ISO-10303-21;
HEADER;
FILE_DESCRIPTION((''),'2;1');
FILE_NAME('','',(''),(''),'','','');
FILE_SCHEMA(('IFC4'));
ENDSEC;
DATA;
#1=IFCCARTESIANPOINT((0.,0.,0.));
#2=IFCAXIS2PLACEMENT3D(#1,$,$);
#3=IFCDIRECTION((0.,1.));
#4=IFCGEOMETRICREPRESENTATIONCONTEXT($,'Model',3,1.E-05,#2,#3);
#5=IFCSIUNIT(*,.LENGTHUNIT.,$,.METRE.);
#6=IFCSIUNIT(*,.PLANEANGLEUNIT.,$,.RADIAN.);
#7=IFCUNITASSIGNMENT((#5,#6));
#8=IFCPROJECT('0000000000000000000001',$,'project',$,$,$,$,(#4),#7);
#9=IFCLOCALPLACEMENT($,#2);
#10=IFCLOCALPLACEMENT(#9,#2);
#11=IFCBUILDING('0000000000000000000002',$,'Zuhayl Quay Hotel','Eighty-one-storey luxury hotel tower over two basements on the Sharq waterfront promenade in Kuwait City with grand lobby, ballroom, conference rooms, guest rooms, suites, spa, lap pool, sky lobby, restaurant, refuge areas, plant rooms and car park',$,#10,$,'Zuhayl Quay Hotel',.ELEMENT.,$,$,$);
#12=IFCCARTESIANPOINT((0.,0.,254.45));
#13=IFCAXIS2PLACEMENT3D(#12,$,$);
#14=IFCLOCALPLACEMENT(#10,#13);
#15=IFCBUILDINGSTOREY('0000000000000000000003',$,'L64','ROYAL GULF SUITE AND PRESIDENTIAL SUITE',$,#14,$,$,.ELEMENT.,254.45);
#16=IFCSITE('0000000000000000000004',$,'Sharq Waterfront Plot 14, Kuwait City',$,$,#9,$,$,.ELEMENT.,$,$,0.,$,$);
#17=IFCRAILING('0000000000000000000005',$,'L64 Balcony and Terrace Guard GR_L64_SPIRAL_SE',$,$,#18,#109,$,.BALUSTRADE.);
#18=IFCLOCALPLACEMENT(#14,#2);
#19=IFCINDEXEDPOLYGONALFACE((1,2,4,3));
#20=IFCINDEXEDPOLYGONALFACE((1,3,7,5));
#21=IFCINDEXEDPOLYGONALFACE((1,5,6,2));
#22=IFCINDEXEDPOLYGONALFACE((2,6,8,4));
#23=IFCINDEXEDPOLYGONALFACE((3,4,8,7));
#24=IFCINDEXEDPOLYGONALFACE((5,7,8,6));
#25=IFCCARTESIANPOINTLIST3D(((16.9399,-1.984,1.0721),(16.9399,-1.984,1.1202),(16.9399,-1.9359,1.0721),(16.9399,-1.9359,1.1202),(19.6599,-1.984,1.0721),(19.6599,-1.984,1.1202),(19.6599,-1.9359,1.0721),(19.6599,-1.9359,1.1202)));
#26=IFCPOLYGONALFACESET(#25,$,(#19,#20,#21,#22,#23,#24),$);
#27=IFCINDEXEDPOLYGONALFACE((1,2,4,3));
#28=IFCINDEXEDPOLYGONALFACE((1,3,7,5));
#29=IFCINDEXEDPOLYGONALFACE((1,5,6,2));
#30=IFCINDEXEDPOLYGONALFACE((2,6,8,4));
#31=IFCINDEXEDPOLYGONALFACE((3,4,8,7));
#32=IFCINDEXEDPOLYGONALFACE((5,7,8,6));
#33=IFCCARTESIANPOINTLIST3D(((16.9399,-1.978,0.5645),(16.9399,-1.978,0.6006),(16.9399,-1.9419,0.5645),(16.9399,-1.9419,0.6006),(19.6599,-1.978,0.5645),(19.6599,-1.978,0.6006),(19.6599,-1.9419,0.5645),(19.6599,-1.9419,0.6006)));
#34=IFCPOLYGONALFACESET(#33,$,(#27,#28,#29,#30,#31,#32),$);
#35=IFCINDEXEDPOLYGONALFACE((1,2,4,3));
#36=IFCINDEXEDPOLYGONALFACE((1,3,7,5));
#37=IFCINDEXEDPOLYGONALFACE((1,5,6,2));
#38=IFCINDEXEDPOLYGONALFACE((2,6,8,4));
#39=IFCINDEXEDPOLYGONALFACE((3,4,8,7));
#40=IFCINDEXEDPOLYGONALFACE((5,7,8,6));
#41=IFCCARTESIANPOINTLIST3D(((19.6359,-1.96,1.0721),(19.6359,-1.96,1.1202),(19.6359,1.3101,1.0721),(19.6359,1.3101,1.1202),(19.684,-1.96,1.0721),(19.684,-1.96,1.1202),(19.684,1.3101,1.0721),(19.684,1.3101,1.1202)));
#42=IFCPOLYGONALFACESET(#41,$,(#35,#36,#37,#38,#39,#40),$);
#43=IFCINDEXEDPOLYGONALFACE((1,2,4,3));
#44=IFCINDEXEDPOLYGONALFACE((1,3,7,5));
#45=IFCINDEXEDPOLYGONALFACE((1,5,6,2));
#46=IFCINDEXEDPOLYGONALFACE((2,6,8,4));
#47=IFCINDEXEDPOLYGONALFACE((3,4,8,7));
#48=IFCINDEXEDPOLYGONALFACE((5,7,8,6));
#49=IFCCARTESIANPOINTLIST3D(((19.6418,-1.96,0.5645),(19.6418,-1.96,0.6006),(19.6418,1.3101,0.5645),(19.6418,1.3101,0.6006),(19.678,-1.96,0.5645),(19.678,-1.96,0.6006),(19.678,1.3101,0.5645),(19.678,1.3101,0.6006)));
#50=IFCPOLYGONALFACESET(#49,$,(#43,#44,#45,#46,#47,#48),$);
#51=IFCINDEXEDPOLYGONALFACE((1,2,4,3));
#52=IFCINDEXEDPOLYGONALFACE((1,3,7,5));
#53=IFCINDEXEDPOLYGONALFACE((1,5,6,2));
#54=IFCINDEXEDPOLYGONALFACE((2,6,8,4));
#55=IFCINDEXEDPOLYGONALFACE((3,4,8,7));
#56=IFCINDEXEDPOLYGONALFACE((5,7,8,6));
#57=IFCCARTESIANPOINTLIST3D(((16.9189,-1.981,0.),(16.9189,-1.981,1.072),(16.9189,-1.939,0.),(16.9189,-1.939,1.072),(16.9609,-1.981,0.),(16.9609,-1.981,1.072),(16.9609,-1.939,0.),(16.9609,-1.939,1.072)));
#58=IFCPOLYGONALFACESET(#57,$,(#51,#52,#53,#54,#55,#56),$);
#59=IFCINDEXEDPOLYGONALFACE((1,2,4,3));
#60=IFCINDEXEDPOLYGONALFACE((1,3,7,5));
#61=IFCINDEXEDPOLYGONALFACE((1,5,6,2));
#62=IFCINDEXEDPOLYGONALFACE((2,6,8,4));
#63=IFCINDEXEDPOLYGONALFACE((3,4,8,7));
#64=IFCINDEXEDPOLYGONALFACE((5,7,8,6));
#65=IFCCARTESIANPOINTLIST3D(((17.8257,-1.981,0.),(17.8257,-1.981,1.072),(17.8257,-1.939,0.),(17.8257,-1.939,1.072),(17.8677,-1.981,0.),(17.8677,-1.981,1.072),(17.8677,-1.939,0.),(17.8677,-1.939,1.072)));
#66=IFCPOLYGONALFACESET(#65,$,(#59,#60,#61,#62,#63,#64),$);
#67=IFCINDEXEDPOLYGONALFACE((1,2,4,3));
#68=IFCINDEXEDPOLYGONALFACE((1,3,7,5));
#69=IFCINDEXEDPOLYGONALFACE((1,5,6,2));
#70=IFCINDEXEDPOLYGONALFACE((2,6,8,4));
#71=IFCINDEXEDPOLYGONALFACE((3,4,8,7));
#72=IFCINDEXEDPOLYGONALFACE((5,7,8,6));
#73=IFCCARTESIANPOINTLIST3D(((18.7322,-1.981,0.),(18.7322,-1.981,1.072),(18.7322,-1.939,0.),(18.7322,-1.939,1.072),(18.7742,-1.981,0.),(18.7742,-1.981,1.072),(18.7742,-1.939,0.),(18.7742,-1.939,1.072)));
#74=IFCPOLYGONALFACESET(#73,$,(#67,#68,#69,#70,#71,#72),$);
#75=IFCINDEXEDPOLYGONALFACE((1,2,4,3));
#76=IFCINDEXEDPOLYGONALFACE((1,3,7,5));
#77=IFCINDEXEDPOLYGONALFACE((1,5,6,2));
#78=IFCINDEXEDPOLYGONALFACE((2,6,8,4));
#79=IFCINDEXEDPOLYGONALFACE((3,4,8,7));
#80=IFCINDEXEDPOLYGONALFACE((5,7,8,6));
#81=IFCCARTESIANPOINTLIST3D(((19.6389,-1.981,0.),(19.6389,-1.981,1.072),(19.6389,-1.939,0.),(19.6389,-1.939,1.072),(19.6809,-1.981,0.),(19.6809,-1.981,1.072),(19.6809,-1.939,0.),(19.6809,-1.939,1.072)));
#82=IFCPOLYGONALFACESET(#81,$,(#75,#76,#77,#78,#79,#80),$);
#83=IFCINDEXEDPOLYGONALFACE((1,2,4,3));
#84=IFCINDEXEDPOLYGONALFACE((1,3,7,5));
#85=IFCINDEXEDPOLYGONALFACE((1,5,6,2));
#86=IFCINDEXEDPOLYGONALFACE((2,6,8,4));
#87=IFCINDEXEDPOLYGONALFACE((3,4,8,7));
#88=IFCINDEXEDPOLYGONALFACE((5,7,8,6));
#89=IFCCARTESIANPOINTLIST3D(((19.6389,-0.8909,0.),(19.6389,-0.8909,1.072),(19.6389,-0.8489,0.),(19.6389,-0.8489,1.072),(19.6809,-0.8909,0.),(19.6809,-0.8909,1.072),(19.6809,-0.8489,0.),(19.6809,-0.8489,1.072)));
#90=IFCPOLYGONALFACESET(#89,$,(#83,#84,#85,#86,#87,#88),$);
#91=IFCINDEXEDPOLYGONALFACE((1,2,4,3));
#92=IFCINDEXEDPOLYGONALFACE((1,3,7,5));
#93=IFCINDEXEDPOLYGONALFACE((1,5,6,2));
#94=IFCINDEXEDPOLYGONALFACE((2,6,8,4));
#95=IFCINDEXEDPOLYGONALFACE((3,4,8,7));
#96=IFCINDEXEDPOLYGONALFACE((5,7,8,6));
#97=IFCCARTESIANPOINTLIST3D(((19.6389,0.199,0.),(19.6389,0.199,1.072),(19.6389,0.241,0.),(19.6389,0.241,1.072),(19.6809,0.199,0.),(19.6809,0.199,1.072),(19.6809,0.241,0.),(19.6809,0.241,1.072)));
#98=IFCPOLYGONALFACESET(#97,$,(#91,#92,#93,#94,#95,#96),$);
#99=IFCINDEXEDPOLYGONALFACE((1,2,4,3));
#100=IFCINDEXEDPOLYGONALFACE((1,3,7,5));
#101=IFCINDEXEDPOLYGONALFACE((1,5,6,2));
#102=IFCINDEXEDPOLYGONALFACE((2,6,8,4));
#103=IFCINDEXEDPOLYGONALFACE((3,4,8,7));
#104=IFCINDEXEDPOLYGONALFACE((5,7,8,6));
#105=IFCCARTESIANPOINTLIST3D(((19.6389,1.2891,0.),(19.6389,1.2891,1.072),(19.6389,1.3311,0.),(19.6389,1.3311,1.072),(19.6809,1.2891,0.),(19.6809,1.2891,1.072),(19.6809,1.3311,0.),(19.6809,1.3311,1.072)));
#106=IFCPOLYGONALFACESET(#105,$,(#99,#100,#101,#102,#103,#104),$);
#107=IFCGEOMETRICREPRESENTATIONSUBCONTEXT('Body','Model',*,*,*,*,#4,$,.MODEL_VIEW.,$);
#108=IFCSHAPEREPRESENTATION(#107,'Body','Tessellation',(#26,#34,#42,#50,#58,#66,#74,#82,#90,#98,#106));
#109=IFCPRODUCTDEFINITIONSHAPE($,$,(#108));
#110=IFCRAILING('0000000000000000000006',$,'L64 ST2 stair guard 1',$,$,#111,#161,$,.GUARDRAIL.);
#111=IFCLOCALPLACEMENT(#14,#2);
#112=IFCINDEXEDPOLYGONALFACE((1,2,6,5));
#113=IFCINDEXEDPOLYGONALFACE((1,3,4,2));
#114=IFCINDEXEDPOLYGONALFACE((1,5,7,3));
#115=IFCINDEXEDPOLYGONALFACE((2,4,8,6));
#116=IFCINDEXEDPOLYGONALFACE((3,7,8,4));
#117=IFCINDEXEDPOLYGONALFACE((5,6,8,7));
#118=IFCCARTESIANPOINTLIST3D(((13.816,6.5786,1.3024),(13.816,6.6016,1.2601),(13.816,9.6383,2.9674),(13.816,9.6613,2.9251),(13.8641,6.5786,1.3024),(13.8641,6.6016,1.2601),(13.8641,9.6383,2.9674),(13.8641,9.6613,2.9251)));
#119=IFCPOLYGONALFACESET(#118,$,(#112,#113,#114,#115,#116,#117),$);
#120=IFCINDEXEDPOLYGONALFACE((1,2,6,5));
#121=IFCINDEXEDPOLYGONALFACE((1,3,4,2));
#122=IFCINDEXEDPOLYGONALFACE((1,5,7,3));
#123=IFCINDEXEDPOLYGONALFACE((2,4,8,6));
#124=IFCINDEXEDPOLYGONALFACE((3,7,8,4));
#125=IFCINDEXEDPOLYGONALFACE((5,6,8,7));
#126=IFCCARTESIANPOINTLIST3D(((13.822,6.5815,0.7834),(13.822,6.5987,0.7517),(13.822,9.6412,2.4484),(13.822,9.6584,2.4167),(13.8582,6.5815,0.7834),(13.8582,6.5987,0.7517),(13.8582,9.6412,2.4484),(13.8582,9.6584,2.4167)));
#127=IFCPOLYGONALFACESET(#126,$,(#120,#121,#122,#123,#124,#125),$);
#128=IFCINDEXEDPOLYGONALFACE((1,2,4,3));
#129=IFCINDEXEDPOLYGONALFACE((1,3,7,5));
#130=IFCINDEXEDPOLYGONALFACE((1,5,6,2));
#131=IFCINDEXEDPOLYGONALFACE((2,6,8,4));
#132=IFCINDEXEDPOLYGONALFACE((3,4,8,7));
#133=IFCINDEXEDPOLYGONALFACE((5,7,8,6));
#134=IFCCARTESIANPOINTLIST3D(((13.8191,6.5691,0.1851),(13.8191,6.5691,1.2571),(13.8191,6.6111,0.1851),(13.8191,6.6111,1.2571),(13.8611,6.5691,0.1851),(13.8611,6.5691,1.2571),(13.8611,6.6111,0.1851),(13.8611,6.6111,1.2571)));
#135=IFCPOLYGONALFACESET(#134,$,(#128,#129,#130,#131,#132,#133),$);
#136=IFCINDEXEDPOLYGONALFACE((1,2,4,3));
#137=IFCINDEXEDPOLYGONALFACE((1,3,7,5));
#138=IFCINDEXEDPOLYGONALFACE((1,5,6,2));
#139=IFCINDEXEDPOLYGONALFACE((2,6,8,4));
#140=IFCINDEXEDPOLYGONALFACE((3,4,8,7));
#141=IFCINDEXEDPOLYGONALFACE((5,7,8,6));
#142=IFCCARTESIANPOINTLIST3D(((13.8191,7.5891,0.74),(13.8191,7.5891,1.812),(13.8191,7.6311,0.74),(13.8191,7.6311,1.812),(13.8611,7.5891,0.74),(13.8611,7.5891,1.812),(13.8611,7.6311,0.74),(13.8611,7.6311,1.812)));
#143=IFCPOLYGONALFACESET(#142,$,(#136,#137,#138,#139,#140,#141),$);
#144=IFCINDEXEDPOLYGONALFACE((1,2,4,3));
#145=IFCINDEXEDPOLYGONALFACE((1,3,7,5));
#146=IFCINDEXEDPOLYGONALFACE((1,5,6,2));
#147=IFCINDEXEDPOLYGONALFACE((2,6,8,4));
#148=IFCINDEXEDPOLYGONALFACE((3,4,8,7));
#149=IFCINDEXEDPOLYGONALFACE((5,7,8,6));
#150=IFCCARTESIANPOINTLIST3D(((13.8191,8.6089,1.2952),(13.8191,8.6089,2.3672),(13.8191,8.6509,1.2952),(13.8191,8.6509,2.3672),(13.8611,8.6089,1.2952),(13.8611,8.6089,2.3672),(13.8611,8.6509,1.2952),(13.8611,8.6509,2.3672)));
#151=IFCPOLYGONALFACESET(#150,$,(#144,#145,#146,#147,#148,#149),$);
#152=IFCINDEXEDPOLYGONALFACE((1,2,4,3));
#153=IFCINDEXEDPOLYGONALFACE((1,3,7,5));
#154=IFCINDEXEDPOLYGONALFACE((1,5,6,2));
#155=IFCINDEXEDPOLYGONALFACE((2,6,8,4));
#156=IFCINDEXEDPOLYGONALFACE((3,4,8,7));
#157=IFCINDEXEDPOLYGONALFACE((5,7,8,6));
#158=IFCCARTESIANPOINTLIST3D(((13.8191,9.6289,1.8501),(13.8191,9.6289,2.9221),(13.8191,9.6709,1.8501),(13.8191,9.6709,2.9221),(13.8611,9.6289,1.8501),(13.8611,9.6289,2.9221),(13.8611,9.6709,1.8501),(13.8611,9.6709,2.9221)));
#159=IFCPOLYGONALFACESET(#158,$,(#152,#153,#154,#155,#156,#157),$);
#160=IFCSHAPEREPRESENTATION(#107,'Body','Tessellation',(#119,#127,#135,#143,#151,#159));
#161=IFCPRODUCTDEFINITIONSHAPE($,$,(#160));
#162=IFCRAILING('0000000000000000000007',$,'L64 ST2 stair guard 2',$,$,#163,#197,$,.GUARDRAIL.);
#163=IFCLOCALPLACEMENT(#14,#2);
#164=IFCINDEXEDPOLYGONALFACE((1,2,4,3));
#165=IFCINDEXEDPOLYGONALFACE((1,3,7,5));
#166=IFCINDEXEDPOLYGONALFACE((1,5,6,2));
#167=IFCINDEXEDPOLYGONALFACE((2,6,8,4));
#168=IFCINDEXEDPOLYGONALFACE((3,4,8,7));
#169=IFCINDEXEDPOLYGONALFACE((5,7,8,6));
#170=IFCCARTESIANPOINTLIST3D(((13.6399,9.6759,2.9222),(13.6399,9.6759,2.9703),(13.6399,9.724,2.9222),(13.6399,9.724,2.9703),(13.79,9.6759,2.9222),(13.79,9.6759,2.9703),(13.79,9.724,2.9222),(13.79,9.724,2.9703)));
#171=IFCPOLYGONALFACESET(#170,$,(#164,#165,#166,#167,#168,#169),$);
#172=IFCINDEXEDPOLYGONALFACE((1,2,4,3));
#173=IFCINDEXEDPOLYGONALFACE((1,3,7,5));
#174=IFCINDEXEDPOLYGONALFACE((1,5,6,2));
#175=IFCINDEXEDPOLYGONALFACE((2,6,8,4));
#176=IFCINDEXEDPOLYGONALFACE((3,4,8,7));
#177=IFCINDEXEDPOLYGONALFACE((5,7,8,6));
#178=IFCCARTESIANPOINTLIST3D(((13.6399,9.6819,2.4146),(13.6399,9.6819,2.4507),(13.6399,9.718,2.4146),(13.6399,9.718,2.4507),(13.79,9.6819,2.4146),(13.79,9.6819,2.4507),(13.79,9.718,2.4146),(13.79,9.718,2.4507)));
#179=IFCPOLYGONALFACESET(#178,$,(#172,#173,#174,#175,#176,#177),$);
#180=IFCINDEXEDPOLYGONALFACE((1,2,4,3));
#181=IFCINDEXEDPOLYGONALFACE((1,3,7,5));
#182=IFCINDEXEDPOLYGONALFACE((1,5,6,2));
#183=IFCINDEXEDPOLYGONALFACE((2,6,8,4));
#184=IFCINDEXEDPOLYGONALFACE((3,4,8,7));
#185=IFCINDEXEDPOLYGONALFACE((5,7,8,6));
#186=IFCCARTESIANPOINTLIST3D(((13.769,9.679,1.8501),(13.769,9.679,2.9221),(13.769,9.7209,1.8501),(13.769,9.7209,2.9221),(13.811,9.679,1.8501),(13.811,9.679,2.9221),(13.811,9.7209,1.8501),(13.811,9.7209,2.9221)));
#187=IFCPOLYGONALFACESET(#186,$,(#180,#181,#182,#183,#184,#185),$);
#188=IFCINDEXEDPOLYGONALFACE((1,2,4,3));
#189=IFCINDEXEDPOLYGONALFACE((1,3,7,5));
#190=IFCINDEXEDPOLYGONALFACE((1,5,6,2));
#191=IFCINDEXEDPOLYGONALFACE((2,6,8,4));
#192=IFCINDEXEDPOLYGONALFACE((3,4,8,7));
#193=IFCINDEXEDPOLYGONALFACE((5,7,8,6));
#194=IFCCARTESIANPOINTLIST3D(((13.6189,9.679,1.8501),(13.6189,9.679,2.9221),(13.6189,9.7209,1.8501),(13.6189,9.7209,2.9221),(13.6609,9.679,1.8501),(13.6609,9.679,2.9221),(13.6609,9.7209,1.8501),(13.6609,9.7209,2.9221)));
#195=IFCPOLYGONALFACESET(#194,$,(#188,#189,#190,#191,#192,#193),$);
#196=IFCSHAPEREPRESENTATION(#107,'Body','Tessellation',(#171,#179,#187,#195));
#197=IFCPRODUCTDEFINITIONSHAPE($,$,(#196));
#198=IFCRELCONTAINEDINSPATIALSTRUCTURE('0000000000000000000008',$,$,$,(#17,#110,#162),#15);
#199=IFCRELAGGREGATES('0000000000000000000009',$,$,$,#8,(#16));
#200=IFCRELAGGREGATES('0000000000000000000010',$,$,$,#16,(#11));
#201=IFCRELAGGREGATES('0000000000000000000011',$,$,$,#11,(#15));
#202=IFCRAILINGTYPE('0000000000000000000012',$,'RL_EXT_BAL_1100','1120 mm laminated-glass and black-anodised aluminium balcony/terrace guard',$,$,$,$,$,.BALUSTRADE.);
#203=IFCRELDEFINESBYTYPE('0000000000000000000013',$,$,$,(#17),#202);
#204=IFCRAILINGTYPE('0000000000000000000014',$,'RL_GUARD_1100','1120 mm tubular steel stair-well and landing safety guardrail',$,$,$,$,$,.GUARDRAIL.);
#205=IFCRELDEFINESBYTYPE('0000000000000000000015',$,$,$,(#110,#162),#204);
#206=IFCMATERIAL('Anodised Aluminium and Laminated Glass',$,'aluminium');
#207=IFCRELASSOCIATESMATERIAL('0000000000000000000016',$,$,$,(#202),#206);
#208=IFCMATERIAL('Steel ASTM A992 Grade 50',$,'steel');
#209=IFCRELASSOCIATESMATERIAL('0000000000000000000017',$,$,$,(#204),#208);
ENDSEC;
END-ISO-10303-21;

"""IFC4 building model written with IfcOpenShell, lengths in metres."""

from ifc_helpers import new_model, si_unit, direction, frame, origin, origin_2d, place, context, subcontext, project, spatial, rectangle, extrude, material, type_object, element, save


model = new_model("IFC4")

# Units and contexts
model_context = context("Model", 3, precision=1e-05, world=origin(), true_north=direction((0.0, 1.0)))
body_context = subcontext(model_context, "Body", "Model", "MODEL_VIEW")
ifc_project = project(units=[si_unit("LENGTHUNIT", "METRE"), si_unit("PLANEANGLEUNIT", "RADIAN")], contexts=[model_context])

# Site, building, storey
site_placement = place(None, origin())
site = spatial("IfcSite", under=ifc_project, at=site_placement, Name="Sharq Waterfront Plot 14, Kuwait City", CompositionType="ELEMENT", RefElevation=0.0)
building_placement = place(site_placement, origin())
building = spatial("IfcBuilding", under=site, at=building_placement, Name="Zuhayl Quay Hotel", Description="Eighty-one-storey luxury hotel tower over two basements on the Sharq waterfront promenade in Kuwait City with grand lobby, ballroom, conference rooms, guest rooms, suites, spa, lap pool, sky lobby, restaurant, refuge areas, plant rooms and car park", LongName="Zuhayl Quay Hotel", CompositionType="ELEMENT")
storey_placement = place(building_placement, frame((0.0, 0.0, 254.45)))
storey = spatial("IfcBuildingStorey", under=building, at=storey_placement, Name="L64", Description="ROYAL GULF SUITE AND PRESIDENTIAL SUITE", CompositionType="ELEMENT", Elevation=254.45)

# Shared definitions
ifc_material_1 = material(Name="Steel ASTM A992 Grade 50", Category="steel")

# Railings
ifc_material_2 = material(Name="Anodised Aluminium and Laminated Glass", Category="aluminium")
railing_type_1 = type_object("IfcRailingType", Name="RL_EXT_BAL_1100", Description="1120 mm laminated-glass and black-anodised aluminium balcony/terrace guard", PredefinedType="BALUSTRADE", material=ifc_material_2)
railing_1_placement = place(storey_placement, frame((16.9399, -1.96, 0.0)))
element("IfcRailing", 1, at=railing_1_placement, inside=storey, type_object=railing_type_1, Name="L64 Balcony and Terrace Guard GR_L64_SPIRAL_SE", PredefinedType="BALUSTRADE", context=body_context, shape_type="SweptSolid", body=[
    extrude(rectangle(XDim=0.0481, YDim=0.0481, at=origin_2d()), frame((0.0, 0.0, 1.0962), z_axis=(1.0, 0.0, 0.0), x_axis=(0.0, 1.0, 0.0)), (0.0, 0.0, 1.0), 2.72),
    extrude(rectangle(XDim=0.0361, YDim=0.0361, at=origin_2d()), frame((0.0, 0.0, 0.5825), z_axis=(1.0, 0.0, 0.0), x_axis=(0.0, 1.0, 0.0)), (0.0, 0.0, 1.0), 2.72),
    extrude(rectangle(XDim=0.0481, YDim=0.0481, at=origin_2d()), frame((2.72, 0.0, 1.0962), z_axis=(0.0, 1.0, 0.0), x_axis=(-1.0, 0.0, 0.0)), (0.0, 0.0, 1.0), 3.27),
    extrude(rectangle(XDim=0.0361, YDim=0.0361, at=origin_2d()), frame((2.72, 0.0, 0.5825), z_axis=(0.0, 1.0, 0.0), x_axis=(-1.0, 0.0, 0.0)), (0.0, 0.0, 1.0), 3.27),
    extrude(rectangle(XDim=0.042, YDim=0.042, at=origin_2d()), origin(), (0.0, 0.0, 1.0), 1.072),
    extrude(rectangle(XDim=0.042, YDim=0.042, at=origin_2d()), frame((0.9067, 0.0, 0.0)), (0.0, 0.0, 1.0), 1.072),
    extrude(rectangle(XDim=0.042, YDim=0.042, at=origin_2d()), frame((1.8132, 0.0, 0.0)), (0.0, 0.0, 1.0), 1.072),
    extrude(rectangle(XDim=0.042, YDim=0.042, at=origin_2d()), frame((2.72, 0.0, 0.0)), (0.0, 0.0, 1.0), 1.072),
    extrude(rectangle(XDim=0.042, YDim=0.042, at=origin_2d()), frame((2.72, 1.0901, 0.0)), (0.0, 0.0, 1.0), 1.072),
    extrude(rectangle(XDim=0.042, YDim=0.042, at=origin_2d()), frame((2.72, 2.1799, 0.0)), (0.0, 0.0, 1.0), 1.072),
    extrude(rectangle(XDim=0.042, YDim=0.042, at=origin_2d()), frame((2.72, 3.27, 0.0)), (0.0, 0.0, 1.0), 1.072),
])
railing_type_2 = type_object("IfcRailingType", Name="RL_GUARD_1100", Description="1120 mm tubular steel stair-well and landing safety guardrail", PredefinedType="GUARDRAIL", material=ifc_material_1)
railing_2_placement = place(storey_placement, frame((13.8401, 6.5901, 0.1851)))
element("IfcRailing", 2, at=railing_2_placement, inside=storey, type_object=railing_type_2, Name="L64 ST2 stair guard 1", PredefinedType="GUARDRAIL", context=body_context, shape_type="SweptSolid", body=[
    extrude(rectangle(XDim=0.0481, YDim=0.0481, at=origin_2d()), frame((0.0, 0.0, 1.0962), z_axis=(0.0, 0.878372, 0.477978), x_axis=(-1.0, 0.0, 0.0)), (0.0, 0.0, 1.0), 3.4834),
    extrude(rectangle(XDim=0.0361, YDim=0.0361, at=origin_2d()), frame((0.0, 0.0, 0.5825), z_axis=(0.0, 0.878372, 0.477978), x_axis=(-1.0, 0.0, 0.0)), (0.0, 0.0, 1.0), 3.4834),
    extrude(rectangle(XDim=0.042, YDim=0.042, at=origin_2d()), origin(), (0.0, 0.0, 1.0), 1.072),
    extrude(rectangle(XDim=0.042, YDim=0.042, at=origin_2d()), frame((0.0, 1.02, 0.5549)), (0.0, 0.0, 1.0), 1.072),
    extrude(rectangle(XDim=0.042, YDim=0.042, at=origin_2d()), frame((0.0, 2.0398, 1.1101)), (0.0, 0.0, 1.0), 1.072),
    extrude(rectangle(XDim=0.042, YDim=0.042, at=origin_2d()), frame((0.0, 3.0598, 1.665)), (0.0, 0.0, 1.0), 1.072),
])
railing_3_placement = place(storey_placement, frame((13.79, 9.7, 1.8501)))
element("IfcRailing", 3, at=railing_3_placement, inside=storey, type_object=railing_type_2, Name="L64 ST2 stair guard 2", PredefinedType="GUARDRAIL", context=body_context, shape_type="SweptSolid", body=[
    extrude(rectangle(XDim=0.0481, YDim=0.0481, at=origin_2d()), frame((0.0, 0.0, 1.0962), z_axis=(-1.0, 0.0, 0.0), x_axis=(0.0, -1.0, 0.0)), (0.0, 0.0, 1.0), 0.1501),
    extrude(rectangle(XDim=0.0361, YDim=0.0361, at=origin_2d()), frame((0.0, 0.0, 0.5825), z_axis=(-1.0, 0.0, 0.0), x_axis=(0.0, -1.0, 0.0)), (0.0, 0.0, 1.0), 0.1501),
    extrude(rectangle(XDim=0.042, YDim=0.042, at=origin_2d()), origin(), (0.0, 0.0, 1.0), 1.072),
    extrude(rectangle(XDim=0.042, YDim=0.042, at=origin_2d()), frame((-0.1501, 0.0, 0.0)), (0.0, 0.0, 1.0), 1.072),
])

save(model, "model.ifc")
